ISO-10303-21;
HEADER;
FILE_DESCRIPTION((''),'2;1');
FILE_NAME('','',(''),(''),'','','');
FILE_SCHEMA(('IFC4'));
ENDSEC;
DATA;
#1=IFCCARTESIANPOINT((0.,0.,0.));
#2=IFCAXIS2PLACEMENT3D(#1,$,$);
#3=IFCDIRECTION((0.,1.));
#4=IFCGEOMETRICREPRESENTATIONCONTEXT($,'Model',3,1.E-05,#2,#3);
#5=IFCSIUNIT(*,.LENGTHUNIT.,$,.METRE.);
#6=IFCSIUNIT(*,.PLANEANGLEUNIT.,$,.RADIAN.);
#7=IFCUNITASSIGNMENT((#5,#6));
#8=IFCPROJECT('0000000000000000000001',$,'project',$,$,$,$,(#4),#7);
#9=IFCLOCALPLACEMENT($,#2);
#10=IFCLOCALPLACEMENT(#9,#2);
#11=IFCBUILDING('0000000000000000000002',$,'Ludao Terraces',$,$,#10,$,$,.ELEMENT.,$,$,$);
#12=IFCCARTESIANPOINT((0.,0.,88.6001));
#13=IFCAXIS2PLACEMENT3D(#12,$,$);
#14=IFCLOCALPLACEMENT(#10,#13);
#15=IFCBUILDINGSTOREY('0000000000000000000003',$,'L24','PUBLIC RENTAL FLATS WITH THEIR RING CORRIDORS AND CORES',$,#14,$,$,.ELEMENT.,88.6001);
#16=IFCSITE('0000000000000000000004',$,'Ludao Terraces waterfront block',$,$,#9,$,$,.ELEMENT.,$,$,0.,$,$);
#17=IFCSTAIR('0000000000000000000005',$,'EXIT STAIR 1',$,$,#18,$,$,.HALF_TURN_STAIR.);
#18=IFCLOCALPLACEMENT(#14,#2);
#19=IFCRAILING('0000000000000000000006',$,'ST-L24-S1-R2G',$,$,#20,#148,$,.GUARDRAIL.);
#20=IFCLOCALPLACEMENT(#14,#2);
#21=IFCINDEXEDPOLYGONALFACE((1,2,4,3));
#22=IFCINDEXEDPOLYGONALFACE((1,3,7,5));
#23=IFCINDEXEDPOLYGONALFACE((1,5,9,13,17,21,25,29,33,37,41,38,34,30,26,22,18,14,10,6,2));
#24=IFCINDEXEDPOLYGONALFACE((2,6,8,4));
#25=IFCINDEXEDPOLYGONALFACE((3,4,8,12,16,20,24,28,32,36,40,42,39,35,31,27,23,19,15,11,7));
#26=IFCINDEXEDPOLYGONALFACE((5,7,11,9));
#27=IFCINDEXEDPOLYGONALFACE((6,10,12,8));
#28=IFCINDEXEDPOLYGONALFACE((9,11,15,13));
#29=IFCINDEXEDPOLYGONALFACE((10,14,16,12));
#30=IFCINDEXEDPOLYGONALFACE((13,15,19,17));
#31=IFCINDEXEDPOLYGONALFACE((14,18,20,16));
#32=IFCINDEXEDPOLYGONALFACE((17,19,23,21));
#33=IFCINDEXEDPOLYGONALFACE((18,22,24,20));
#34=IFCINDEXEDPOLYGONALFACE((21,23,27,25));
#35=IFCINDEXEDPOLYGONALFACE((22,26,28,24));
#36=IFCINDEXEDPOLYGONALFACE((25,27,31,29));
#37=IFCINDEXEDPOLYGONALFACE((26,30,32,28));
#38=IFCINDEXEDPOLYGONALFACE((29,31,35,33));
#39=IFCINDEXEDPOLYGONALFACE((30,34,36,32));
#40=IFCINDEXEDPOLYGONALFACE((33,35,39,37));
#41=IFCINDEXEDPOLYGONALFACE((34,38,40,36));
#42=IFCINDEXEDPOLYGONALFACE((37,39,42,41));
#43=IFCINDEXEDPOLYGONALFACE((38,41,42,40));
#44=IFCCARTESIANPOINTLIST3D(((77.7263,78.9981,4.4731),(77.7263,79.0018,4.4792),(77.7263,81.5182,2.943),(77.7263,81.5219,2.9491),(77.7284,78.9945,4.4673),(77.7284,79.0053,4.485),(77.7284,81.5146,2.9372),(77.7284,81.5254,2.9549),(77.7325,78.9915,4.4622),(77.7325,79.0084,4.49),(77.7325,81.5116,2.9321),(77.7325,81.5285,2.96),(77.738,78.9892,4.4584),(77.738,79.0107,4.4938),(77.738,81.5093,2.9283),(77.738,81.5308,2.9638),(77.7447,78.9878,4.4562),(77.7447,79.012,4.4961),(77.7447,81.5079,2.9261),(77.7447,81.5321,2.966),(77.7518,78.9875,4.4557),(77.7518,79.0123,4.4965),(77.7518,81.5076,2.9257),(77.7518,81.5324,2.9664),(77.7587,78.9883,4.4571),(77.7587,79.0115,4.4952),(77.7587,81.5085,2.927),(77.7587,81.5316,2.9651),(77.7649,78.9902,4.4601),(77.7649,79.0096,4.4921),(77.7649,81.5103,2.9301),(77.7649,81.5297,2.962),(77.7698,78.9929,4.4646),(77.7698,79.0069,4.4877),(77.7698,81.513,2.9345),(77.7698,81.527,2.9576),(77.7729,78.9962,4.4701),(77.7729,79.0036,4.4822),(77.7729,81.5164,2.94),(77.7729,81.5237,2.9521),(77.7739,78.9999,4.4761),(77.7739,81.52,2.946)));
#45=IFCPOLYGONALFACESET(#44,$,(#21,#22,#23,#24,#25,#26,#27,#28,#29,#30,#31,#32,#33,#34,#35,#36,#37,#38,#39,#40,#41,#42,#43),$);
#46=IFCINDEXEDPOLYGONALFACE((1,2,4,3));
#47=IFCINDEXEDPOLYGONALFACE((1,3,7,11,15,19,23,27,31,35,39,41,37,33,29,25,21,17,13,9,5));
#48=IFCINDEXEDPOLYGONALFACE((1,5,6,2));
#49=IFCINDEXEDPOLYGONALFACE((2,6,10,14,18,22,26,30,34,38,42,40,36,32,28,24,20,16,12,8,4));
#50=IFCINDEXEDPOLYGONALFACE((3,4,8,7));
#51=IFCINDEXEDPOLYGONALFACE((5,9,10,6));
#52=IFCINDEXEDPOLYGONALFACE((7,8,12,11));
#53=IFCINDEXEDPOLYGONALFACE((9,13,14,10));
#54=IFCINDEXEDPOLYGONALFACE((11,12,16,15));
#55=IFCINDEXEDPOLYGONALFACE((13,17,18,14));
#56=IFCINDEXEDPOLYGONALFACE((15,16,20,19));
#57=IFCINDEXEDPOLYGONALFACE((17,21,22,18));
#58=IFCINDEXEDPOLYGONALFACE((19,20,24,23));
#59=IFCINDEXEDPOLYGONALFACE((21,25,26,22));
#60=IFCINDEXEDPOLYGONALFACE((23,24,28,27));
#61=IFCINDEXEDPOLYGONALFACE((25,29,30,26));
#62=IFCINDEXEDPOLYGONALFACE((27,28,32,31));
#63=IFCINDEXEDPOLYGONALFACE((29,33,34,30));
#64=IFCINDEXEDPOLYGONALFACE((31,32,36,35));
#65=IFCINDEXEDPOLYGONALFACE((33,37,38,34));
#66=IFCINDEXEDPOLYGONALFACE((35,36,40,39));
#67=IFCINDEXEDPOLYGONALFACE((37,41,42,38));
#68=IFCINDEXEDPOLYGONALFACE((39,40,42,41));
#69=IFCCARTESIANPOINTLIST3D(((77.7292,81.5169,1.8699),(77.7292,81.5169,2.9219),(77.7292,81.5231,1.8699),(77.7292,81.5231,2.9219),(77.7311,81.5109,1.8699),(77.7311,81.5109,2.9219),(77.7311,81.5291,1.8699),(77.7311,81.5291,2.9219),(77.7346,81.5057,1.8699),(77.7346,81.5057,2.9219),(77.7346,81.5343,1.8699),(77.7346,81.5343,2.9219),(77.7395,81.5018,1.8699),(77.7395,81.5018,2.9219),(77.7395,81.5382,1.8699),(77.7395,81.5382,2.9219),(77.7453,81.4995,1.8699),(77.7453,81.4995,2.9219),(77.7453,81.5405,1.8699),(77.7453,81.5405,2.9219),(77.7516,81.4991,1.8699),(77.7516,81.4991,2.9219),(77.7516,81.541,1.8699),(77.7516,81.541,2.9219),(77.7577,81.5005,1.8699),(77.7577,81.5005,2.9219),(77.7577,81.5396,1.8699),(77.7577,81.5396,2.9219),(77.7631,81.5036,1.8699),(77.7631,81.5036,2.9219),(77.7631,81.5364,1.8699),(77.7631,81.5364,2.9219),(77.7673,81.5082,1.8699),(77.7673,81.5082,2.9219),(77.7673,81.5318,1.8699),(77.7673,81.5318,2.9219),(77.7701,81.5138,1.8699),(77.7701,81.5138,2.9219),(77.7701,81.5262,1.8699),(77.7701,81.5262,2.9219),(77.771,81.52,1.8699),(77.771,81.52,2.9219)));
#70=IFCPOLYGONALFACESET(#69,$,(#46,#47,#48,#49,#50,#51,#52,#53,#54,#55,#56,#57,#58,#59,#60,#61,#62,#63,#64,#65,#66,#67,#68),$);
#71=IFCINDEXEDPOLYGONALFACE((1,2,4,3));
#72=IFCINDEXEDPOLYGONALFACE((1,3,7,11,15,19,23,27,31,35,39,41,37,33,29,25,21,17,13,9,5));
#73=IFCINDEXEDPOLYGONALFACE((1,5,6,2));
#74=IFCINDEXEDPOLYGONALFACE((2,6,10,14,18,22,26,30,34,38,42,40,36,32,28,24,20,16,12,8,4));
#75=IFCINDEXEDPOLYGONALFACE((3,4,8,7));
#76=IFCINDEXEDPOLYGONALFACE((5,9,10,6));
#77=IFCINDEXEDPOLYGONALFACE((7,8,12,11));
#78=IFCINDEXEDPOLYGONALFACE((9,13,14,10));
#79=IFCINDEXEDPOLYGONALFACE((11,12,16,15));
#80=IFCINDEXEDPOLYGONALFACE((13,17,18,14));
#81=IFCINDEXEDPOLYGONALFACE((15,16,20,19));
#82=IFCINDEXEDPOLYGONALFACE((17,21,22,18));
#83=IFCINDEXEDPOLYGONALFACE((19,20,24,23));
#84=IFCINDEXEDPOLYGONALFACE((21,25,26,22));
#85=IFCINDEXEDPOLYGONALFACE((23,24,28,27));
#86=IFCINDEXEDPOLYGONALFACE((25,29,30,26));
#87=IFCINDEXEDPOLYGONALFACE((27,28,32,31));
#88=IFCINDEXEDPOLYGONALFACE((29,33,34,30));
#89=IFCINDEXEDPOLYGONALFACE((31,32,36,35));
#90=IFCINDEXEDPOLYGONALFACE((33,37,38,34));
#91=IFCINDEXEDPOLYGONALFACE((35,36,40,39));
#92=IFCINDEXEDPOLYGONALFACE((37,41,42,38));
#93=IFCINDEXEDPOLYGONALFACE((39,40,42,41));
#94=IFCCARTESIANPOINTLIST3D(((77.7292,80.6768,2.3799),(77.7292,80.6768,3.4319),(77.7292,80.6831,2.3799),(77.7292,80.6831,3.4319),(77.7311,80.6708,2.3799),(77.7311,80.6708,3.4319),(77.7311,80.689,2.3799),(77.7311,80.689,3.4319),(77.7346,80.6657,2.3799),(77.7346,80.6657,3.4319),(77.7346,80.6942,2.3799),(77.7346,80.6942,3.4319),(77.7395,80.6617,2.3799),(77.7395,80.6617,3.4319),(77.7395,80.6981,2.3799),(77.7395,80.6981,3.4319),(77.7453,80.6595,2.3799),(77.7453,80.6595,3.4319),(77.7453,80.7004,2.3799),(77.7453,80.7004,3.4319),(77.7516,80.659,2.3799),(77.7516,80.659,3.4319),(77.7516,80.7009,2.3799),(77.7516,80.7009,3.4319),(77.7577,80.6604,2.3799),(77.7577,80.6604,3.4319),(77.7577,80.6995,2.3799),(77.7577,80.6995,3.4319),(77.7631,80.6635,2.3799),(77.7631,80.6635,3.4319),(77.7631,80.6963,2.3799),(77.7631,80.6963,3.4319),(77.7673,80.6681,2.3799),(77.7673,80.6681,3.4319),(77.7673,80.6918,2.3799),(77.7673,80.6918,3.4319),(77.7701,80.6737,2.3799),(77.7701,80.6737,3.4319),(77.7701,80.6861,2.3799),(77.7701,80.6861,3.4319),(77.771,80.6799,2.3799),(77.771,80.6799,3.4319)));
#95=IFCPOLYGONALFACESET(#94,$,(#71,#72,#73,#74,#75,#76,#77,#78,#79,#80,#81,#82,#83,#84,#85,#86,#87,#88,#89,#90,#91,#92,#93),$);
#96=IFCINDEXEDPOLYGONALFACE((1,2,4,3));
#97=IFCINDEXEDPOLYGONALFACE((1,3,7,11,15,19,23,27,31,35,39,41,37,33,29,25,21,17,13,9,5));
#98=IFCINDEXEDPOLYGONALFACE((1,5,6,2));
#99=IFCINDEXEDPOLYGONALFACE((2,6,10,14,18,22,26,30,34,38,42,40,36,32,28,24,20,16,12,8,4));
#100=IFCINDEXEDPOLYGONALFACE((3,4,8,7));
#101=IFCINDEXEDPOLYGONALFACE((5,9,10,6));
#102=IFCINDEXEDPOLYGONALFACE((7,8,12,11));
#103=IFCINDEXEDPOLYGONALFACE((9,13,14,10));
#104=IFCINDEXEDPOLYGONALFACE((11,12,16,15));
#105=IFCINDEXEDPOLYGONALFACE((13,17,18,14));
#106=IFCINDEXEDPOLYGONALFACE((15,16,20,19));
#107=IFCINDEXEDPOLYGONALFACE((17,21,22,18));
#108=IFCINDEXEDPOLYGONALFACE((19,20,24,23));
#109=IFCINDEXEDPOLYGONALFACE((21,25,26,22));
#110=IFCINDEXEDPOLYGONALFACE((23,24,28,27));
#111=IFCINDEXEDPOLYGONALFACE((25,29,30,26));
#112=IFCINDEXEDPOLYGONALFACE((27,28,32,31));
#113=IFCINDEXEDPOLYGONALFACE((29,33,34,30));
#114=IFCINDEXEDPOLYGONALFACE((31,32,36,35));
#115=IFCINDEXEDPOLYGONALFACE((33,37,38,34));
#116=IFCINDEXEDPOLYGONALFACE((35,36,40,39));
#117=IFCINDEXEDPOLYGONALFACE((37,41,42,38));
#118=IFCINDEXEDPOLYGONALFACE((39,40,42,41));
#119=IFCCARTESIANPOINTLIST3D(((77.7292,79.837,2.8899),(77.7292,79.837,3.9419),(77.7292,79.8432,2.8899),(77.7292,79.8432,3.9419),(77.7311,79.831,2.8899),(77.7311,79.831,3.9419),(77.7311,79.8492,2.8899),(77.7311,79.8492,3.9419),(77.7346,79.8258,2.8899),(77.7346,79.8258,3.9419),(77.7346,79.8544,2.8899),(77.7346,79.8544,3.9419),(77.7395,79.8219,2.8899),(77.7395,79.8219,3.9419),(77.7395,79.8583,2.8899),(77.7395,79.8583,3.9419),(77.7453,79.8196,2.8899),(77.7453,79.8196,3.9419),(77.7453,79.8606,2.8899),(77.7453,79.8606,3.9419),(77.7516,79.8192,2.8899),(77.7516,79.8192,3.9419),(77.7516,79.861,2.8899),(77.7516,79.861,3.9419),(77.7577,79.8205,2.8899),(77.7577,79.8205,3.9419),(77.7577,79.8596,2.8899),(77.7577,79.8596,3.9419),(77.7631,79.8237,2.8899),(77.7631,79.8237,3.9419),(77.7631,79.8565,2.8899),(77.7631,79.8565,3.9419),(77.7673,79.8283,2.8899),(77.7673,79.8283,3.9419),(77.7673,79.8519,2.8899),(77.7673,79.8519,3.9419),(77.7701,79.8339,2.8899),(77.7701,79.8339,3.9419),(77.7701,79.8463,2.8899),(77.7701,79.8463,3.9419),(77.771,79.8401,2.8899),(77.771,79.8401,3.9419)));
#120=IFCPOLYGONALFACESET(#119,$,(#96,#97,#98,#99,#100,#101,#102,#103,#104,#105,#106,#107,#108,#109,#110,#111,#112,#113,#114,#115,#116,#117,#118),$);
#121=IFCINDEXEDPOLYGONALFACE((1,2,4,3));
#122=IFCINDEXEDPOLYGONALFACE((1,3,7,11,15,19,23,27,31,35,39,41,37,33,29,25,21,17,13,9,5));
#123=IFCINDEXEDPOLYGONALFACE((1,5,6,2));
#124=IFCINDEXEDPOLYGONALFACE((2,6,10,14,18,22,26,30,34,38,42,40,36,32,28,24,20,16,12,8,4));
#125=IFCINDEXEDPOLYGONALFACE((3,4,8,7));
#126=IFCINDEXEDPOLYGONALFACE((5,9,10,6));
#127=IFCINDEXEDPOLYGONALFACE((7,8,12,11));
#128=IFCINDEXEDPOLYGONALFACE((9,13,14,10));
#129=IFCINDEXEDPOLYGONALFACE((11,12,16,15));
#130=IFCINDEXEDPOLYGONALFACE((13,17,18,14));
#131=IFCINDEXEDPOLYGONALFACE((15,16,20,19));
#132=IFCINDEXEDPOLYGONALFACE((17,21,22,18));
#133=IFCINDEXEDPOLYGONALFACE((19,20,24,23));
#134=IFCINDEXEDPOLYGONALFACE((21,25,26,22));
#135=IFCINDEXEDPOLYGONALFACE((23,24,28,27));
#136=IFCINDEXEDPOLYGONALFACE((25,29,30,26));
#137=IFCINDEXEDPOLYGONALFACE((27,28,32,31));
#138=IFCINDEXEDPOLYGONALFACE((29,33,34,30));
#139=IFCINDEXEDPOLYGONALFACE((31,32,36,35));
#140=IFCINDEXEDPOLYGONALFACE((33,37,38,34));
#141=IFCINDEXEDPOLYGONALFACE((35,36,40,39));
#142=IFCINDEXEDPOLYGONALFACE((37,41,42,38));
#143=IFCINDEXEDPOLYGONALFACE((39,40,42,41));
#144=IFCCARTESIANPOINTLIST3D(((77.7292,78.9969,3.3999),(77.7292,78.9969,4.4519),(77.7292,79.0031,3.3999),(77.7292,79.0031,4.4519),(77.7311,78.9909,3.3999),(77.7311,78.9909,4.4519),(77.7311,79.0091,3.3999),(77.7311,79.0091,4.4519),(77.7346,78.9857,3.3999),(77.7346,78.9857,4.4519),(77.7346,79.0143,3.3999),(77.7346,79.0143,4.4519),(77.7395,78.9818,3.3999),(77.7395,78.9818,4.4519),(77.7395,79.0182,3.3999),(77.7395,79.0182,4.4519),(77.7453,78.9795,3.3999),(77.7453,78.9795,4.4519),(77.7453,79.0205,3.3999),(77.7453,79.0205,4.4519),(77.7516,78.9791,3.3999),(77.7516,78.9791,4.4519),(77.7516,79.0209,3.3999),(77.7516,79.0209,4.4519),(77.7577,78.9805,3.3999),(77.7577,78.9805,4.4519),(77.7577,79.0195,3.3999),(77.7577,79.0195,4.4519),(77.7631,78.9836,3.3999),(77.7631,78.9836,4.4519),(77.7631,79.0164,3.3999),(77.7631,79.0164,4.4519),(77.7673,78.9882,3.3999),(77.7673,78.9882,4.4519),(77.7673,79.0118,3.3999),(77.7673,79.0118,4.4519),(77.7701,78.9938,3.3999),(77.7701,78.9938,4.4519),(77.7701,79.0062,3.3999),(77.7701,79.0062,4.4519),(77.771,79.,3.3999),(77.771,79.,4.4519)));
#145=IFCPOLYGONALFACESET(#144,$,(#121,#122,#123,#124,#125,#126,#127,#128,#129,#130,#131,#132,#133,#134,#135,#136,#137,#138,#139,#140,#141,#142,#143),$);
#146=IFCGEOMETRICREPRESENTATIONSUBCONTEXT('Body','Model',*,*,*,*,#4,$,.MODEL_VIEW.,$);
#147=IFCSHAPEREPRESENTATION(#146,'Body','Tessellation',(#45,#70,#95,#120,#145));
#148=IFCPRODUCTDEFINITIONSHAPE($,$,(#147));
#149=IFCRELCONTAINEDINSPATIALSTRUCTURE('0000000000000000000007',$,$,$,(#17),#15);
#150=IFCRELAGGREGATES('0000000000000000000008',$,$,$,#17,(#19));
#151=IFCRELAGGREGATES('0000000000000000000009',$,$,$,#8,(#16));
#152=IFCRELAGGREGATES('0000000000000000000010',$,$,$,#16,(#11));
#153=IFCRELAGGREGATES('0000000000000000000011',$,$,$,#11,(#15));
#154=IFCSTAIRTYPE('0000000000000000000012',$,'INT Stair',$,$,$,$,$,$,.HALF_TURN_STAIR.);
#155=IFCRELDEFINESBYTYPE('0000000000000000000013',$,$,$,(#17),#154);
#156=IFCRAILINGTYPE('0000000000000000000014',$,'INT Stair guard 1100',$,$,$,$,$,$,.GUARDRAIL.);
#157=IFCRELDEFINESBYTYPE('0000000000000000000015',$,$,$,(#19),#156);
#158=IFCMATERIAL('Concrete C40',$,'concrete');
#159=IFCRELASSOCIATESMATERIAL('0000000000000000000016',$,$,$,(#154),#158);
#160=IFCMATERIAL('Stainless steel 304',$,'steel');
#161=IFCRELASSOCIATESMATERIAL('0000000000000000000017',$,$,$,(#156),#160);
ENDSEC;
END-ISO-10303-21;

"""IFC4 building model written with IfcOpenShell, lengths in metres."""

from ifc_helpers import new_model, si_unit, direction, frame, origin, origin_2d, place, context, subcontext, project, spatial, circle, extrude, material, type_object, element, aggregate, save


model = new_model("IFC4")

# Units and contexts
model_context = context("Model", 3, precision=1e-05, world=origin(), true_north=direction((0.0, 1.0)))
body_context = subcontext(model_context, "Body", "Model", "MODEL_VIEW")
ifc_project = project(units=[si_unit("LENGTHUNIT", "METRE"), si_unit("PLANEANGLEUNIT", "RADIAN")], contexts=[model_context])

# Site, building, storey
site_placement = place(None, origin())
site = spatial("IfcSite", under=ifc_project, at=site_placement, Name="Ludao Terraces waterfront block", CompositionType="ELEMENT", RefElevation=0.0)
building_placement = place(site_placement, origin())
building = spatial("IfcBuilding", under=site, at=building_placement, Name="Ludao Terraces", CompositionType="ELEMENT")
storey_placement = place(building_placement, frame((0.0, 0.0, 88.6001)))
storey = spatial("IfcBuildingStorey", under=building, at=storey_placement, Name="L24", Description="PUBLIC RENTAL FLATS WITH THEIR RING CORRIDORS AND CORES", CompositionType="ELEMENT", Elevation=88.6001)

# Shared definitions
ifc_material_1 = material(Name="Stainless steel 304", Category="steel")

# Stair, railing
ifc_material_2 = material(Name="Concrete C40", Category="concrete")
stair_type = type_object("IfcStairType", Name="INT Stair", PredefinedType="HALF_TURN_STAIR", material=ifc_material_2)
stair_placement = place(storey_placement, origin())
stair = element("IfcStair", 1, at=stair_placement, inside=storey, type_object=stair_type, Name="EXIT STAIR 1", PredefinedType="HALF_TURN_STAIR")
railing_type_1 = type_object("IfcRailingType", Name="INT Stair guard 1100", PredefinedType="GUARDRAIL", material=ifc_material_1)
railing_1_placement = place(storey_placement, frame((77.75, 81.52, 1.8699)))
railing_1 = element("IfcRailing", 2, at=railing_1_placement, type_object=railing_type_1, Name="ST-L24-S1-R2G", PredefinedType="GUARDRAIL", context=body_context, shape_type="SweptSolid", body=[
    extrude(circle(Radius=0.0239, at=origin_2d()), frame((0.0, 0.0, 1.0762), z_axis=(0.0, -0.854785, 0.518982), x_axis=(1.0, 0.0, 0.0)), (0.0, 0.0, 1.0), 2.9482),
    extrude(circle(Radius=0.021, at=origin_2d()), origin(), (0.0, 0.0, 1.0), 1.052),
    extrude(circle(Radius=0.021, at=origin_2d()), frame((0.0, -0.8401, 0.51)), (0.0, 0.0, 1.0), 1.052),
    extrude(circle(Radius=0.021, at=origin_2d()), frame((0.0, -1.6799, 1.02)), (0.0, 0.0, 1.0), 1.052),
    extrude(circle(Radius=0.021, at=origin_2d()), frame((0.0, -2.52, 1.53)), (0.0, 0.0, 1.0), 1.052),
])
aggregate(stair, [railing_1])

save(model, "model.ifc")
